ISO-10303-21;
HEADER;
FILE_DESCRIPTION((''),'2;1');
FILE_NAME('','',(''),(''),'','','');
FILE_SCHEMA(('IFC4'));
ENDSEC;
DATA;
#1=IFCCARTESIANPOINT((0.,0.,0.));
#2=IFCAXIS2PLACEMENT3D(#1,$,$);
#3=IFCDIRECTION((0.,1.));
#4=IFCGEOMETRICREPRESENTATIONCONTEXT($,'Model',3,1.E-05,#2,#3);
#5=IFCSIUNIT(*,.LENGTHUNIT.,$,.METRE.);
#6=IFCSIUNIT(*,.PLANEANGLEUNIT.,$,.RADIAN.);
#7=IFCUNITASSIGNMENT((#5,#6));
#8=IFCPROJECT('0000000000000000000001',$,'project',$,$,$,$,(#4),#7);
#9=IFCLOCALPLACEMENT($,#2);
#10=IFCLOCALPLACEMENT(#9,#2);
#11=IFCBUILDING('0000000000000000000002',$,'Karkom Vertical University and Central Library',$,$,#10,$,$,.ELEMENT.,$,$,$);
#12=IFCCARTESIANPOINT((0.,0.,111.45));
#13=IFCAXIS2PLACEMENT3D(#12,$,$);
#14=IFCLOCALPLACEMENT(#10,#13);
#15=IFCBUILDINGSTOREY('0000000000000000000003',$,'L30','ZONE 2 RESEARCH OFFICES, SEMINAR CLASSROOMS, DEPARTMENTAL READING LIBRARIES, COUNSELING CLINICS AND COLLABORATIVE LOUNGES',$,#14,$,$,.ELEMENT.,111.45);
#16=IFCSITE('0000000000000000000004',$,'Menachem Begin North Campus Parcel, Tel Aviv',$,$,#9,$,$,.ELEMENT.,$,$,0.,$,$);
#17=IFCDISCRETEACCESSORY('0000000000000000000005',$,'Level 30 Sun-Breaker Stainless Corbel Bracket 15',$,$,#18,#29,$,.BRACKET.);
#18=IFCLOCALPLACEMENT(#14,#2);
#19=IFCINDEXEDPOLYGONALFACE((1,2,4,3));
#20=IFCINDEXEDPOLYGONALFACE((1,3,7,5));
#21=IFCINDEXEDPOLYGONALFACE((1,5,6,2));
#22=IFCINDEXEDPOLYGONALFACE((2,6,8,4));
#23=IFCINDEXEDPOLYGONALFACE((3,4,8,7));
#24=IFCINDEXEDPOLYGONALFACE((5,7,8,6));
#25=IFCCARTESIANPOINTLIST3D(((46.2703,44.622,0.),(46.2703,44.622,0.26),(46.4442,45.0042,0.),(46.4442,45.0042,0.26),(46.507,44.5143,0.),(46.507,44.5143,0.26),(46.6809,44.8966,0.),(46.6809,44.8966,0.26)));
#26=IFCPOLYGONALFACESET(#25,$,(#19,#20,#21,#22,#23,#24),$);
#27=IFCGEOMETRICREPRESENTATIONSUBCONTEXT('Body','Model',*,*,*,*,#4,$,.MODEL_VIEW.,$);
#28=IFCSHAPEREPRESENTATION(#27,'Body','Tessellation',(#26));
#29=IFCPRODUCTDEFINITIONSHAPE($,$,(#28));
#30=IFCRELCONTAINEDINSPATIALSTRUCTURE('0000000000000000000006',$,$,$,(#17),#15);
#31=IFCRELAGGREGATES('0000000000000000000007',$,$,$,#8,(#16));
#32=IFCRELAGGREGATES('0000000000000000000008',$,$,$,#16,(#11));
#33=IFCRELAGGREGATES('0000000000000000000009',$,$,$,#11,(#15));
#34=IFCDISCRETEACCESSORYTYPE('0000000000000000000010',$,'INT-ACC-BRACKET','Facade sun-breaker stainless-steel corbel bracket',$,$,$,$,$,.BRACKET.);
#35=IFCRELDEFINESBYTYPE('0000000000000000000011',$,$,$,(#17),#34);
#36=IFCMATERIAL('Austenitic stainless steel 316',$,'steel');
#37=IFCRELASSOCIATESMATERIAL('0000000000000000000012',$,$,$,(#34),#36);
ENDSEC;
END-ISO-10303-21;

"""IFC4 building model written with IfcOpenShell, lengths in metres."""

from ifc_helpers import new_model, si_unit, direction, frame, origin, origin_with_axes, origin_2d, place, context, subcontext, project, spatial, rectangle, extrude, source, transform, mapped, material, type_object, element, save


model = new_model("IFC4")

# Units and contexts
model_context = context("Model", 3, precision=1e-05, world=origin(), true_north=direction((0.0, 1.0)))
body_context = subcontext(model_context, "Body", "Model", "MODEL_VIEW")
ifc_project = project(units=[si_unit("LENGTHUNIT", "METRE"), si_unit("PLANEANGLEUNIT", "RADIAN")], contexts=[model_context])

# Site, building, storey
site_placement = place(None, origin())
site = spatial("IfcSite", under=ifc_project, at=site_placement, Name="Menachem Begin North Campus Parcel, Tel Aviv", CompositionType="ELEMENT", RefElevation=0.0)
building_placement = place(site_placement, origin())
building = spatial("IfcBuilding", under=site, at=building_placement, Name="Karkom Vertical University and Central Library", CompositionType="ELEMENT")
storey_placement = place(building_placement, frame((0.0, 0.0, 111.45)))
storey = spatial("IfcBuildingStorey", under=building, at=storey_placement, Name="L30", Description="ZONE 2 RESEARCH OFFICES, SEMINAR CLASSROOMS, DEPARTMENTAL READING LIBRARIES, COUNSELING CLINICS AND COLLABORATIVE LOUNGES", CompositionType="ELEMENT", Elevation=111.45)

# Discrete accessory
ifc_material_1 = material(Name="Austenitic stainless steel 316", Category="steel")
discrete_accessory_type = type_object("IfcDiscreteAccessoryType", Name="INT-ACC-BRACKET", Description="Facade sun-breaker stainless-steel corbel bracket", PredefinedType="BRACKET", material=ifc_material_1)
shared_shape_1 = source(origin_with_axes(), body_context, "Body", "SweptSolid", [
    extrude(rectangle(XDim=0.26, YDim=0.4199, at=origin_2d()), origin(), (0.0, 0.0, 1.0), 0.26),
])
discrete_accessory_placement = place(storey_placement, frame((46.4756, 44.7593, 0.0), z_axis=(0.0, 0.0, 1.0), x_axis=(-0.910251, 0.414058, 0.0)))
element("IfcDiscreteAccessory", 1, at=discrete_accessory_placement, inside=storey, type_object=discrete_accessory_type, Name="Level 30 Sun-Breaker Stainless Corbel Bracket 15", PredefinedType="BRACKET", context=body_context, shape_type="MappedRepresentation", body=[
    mapped(shared_shape_1, transform((0.0, 0.0, 0.0), scale=1.0)),
])

save(model, "model.ifc")
